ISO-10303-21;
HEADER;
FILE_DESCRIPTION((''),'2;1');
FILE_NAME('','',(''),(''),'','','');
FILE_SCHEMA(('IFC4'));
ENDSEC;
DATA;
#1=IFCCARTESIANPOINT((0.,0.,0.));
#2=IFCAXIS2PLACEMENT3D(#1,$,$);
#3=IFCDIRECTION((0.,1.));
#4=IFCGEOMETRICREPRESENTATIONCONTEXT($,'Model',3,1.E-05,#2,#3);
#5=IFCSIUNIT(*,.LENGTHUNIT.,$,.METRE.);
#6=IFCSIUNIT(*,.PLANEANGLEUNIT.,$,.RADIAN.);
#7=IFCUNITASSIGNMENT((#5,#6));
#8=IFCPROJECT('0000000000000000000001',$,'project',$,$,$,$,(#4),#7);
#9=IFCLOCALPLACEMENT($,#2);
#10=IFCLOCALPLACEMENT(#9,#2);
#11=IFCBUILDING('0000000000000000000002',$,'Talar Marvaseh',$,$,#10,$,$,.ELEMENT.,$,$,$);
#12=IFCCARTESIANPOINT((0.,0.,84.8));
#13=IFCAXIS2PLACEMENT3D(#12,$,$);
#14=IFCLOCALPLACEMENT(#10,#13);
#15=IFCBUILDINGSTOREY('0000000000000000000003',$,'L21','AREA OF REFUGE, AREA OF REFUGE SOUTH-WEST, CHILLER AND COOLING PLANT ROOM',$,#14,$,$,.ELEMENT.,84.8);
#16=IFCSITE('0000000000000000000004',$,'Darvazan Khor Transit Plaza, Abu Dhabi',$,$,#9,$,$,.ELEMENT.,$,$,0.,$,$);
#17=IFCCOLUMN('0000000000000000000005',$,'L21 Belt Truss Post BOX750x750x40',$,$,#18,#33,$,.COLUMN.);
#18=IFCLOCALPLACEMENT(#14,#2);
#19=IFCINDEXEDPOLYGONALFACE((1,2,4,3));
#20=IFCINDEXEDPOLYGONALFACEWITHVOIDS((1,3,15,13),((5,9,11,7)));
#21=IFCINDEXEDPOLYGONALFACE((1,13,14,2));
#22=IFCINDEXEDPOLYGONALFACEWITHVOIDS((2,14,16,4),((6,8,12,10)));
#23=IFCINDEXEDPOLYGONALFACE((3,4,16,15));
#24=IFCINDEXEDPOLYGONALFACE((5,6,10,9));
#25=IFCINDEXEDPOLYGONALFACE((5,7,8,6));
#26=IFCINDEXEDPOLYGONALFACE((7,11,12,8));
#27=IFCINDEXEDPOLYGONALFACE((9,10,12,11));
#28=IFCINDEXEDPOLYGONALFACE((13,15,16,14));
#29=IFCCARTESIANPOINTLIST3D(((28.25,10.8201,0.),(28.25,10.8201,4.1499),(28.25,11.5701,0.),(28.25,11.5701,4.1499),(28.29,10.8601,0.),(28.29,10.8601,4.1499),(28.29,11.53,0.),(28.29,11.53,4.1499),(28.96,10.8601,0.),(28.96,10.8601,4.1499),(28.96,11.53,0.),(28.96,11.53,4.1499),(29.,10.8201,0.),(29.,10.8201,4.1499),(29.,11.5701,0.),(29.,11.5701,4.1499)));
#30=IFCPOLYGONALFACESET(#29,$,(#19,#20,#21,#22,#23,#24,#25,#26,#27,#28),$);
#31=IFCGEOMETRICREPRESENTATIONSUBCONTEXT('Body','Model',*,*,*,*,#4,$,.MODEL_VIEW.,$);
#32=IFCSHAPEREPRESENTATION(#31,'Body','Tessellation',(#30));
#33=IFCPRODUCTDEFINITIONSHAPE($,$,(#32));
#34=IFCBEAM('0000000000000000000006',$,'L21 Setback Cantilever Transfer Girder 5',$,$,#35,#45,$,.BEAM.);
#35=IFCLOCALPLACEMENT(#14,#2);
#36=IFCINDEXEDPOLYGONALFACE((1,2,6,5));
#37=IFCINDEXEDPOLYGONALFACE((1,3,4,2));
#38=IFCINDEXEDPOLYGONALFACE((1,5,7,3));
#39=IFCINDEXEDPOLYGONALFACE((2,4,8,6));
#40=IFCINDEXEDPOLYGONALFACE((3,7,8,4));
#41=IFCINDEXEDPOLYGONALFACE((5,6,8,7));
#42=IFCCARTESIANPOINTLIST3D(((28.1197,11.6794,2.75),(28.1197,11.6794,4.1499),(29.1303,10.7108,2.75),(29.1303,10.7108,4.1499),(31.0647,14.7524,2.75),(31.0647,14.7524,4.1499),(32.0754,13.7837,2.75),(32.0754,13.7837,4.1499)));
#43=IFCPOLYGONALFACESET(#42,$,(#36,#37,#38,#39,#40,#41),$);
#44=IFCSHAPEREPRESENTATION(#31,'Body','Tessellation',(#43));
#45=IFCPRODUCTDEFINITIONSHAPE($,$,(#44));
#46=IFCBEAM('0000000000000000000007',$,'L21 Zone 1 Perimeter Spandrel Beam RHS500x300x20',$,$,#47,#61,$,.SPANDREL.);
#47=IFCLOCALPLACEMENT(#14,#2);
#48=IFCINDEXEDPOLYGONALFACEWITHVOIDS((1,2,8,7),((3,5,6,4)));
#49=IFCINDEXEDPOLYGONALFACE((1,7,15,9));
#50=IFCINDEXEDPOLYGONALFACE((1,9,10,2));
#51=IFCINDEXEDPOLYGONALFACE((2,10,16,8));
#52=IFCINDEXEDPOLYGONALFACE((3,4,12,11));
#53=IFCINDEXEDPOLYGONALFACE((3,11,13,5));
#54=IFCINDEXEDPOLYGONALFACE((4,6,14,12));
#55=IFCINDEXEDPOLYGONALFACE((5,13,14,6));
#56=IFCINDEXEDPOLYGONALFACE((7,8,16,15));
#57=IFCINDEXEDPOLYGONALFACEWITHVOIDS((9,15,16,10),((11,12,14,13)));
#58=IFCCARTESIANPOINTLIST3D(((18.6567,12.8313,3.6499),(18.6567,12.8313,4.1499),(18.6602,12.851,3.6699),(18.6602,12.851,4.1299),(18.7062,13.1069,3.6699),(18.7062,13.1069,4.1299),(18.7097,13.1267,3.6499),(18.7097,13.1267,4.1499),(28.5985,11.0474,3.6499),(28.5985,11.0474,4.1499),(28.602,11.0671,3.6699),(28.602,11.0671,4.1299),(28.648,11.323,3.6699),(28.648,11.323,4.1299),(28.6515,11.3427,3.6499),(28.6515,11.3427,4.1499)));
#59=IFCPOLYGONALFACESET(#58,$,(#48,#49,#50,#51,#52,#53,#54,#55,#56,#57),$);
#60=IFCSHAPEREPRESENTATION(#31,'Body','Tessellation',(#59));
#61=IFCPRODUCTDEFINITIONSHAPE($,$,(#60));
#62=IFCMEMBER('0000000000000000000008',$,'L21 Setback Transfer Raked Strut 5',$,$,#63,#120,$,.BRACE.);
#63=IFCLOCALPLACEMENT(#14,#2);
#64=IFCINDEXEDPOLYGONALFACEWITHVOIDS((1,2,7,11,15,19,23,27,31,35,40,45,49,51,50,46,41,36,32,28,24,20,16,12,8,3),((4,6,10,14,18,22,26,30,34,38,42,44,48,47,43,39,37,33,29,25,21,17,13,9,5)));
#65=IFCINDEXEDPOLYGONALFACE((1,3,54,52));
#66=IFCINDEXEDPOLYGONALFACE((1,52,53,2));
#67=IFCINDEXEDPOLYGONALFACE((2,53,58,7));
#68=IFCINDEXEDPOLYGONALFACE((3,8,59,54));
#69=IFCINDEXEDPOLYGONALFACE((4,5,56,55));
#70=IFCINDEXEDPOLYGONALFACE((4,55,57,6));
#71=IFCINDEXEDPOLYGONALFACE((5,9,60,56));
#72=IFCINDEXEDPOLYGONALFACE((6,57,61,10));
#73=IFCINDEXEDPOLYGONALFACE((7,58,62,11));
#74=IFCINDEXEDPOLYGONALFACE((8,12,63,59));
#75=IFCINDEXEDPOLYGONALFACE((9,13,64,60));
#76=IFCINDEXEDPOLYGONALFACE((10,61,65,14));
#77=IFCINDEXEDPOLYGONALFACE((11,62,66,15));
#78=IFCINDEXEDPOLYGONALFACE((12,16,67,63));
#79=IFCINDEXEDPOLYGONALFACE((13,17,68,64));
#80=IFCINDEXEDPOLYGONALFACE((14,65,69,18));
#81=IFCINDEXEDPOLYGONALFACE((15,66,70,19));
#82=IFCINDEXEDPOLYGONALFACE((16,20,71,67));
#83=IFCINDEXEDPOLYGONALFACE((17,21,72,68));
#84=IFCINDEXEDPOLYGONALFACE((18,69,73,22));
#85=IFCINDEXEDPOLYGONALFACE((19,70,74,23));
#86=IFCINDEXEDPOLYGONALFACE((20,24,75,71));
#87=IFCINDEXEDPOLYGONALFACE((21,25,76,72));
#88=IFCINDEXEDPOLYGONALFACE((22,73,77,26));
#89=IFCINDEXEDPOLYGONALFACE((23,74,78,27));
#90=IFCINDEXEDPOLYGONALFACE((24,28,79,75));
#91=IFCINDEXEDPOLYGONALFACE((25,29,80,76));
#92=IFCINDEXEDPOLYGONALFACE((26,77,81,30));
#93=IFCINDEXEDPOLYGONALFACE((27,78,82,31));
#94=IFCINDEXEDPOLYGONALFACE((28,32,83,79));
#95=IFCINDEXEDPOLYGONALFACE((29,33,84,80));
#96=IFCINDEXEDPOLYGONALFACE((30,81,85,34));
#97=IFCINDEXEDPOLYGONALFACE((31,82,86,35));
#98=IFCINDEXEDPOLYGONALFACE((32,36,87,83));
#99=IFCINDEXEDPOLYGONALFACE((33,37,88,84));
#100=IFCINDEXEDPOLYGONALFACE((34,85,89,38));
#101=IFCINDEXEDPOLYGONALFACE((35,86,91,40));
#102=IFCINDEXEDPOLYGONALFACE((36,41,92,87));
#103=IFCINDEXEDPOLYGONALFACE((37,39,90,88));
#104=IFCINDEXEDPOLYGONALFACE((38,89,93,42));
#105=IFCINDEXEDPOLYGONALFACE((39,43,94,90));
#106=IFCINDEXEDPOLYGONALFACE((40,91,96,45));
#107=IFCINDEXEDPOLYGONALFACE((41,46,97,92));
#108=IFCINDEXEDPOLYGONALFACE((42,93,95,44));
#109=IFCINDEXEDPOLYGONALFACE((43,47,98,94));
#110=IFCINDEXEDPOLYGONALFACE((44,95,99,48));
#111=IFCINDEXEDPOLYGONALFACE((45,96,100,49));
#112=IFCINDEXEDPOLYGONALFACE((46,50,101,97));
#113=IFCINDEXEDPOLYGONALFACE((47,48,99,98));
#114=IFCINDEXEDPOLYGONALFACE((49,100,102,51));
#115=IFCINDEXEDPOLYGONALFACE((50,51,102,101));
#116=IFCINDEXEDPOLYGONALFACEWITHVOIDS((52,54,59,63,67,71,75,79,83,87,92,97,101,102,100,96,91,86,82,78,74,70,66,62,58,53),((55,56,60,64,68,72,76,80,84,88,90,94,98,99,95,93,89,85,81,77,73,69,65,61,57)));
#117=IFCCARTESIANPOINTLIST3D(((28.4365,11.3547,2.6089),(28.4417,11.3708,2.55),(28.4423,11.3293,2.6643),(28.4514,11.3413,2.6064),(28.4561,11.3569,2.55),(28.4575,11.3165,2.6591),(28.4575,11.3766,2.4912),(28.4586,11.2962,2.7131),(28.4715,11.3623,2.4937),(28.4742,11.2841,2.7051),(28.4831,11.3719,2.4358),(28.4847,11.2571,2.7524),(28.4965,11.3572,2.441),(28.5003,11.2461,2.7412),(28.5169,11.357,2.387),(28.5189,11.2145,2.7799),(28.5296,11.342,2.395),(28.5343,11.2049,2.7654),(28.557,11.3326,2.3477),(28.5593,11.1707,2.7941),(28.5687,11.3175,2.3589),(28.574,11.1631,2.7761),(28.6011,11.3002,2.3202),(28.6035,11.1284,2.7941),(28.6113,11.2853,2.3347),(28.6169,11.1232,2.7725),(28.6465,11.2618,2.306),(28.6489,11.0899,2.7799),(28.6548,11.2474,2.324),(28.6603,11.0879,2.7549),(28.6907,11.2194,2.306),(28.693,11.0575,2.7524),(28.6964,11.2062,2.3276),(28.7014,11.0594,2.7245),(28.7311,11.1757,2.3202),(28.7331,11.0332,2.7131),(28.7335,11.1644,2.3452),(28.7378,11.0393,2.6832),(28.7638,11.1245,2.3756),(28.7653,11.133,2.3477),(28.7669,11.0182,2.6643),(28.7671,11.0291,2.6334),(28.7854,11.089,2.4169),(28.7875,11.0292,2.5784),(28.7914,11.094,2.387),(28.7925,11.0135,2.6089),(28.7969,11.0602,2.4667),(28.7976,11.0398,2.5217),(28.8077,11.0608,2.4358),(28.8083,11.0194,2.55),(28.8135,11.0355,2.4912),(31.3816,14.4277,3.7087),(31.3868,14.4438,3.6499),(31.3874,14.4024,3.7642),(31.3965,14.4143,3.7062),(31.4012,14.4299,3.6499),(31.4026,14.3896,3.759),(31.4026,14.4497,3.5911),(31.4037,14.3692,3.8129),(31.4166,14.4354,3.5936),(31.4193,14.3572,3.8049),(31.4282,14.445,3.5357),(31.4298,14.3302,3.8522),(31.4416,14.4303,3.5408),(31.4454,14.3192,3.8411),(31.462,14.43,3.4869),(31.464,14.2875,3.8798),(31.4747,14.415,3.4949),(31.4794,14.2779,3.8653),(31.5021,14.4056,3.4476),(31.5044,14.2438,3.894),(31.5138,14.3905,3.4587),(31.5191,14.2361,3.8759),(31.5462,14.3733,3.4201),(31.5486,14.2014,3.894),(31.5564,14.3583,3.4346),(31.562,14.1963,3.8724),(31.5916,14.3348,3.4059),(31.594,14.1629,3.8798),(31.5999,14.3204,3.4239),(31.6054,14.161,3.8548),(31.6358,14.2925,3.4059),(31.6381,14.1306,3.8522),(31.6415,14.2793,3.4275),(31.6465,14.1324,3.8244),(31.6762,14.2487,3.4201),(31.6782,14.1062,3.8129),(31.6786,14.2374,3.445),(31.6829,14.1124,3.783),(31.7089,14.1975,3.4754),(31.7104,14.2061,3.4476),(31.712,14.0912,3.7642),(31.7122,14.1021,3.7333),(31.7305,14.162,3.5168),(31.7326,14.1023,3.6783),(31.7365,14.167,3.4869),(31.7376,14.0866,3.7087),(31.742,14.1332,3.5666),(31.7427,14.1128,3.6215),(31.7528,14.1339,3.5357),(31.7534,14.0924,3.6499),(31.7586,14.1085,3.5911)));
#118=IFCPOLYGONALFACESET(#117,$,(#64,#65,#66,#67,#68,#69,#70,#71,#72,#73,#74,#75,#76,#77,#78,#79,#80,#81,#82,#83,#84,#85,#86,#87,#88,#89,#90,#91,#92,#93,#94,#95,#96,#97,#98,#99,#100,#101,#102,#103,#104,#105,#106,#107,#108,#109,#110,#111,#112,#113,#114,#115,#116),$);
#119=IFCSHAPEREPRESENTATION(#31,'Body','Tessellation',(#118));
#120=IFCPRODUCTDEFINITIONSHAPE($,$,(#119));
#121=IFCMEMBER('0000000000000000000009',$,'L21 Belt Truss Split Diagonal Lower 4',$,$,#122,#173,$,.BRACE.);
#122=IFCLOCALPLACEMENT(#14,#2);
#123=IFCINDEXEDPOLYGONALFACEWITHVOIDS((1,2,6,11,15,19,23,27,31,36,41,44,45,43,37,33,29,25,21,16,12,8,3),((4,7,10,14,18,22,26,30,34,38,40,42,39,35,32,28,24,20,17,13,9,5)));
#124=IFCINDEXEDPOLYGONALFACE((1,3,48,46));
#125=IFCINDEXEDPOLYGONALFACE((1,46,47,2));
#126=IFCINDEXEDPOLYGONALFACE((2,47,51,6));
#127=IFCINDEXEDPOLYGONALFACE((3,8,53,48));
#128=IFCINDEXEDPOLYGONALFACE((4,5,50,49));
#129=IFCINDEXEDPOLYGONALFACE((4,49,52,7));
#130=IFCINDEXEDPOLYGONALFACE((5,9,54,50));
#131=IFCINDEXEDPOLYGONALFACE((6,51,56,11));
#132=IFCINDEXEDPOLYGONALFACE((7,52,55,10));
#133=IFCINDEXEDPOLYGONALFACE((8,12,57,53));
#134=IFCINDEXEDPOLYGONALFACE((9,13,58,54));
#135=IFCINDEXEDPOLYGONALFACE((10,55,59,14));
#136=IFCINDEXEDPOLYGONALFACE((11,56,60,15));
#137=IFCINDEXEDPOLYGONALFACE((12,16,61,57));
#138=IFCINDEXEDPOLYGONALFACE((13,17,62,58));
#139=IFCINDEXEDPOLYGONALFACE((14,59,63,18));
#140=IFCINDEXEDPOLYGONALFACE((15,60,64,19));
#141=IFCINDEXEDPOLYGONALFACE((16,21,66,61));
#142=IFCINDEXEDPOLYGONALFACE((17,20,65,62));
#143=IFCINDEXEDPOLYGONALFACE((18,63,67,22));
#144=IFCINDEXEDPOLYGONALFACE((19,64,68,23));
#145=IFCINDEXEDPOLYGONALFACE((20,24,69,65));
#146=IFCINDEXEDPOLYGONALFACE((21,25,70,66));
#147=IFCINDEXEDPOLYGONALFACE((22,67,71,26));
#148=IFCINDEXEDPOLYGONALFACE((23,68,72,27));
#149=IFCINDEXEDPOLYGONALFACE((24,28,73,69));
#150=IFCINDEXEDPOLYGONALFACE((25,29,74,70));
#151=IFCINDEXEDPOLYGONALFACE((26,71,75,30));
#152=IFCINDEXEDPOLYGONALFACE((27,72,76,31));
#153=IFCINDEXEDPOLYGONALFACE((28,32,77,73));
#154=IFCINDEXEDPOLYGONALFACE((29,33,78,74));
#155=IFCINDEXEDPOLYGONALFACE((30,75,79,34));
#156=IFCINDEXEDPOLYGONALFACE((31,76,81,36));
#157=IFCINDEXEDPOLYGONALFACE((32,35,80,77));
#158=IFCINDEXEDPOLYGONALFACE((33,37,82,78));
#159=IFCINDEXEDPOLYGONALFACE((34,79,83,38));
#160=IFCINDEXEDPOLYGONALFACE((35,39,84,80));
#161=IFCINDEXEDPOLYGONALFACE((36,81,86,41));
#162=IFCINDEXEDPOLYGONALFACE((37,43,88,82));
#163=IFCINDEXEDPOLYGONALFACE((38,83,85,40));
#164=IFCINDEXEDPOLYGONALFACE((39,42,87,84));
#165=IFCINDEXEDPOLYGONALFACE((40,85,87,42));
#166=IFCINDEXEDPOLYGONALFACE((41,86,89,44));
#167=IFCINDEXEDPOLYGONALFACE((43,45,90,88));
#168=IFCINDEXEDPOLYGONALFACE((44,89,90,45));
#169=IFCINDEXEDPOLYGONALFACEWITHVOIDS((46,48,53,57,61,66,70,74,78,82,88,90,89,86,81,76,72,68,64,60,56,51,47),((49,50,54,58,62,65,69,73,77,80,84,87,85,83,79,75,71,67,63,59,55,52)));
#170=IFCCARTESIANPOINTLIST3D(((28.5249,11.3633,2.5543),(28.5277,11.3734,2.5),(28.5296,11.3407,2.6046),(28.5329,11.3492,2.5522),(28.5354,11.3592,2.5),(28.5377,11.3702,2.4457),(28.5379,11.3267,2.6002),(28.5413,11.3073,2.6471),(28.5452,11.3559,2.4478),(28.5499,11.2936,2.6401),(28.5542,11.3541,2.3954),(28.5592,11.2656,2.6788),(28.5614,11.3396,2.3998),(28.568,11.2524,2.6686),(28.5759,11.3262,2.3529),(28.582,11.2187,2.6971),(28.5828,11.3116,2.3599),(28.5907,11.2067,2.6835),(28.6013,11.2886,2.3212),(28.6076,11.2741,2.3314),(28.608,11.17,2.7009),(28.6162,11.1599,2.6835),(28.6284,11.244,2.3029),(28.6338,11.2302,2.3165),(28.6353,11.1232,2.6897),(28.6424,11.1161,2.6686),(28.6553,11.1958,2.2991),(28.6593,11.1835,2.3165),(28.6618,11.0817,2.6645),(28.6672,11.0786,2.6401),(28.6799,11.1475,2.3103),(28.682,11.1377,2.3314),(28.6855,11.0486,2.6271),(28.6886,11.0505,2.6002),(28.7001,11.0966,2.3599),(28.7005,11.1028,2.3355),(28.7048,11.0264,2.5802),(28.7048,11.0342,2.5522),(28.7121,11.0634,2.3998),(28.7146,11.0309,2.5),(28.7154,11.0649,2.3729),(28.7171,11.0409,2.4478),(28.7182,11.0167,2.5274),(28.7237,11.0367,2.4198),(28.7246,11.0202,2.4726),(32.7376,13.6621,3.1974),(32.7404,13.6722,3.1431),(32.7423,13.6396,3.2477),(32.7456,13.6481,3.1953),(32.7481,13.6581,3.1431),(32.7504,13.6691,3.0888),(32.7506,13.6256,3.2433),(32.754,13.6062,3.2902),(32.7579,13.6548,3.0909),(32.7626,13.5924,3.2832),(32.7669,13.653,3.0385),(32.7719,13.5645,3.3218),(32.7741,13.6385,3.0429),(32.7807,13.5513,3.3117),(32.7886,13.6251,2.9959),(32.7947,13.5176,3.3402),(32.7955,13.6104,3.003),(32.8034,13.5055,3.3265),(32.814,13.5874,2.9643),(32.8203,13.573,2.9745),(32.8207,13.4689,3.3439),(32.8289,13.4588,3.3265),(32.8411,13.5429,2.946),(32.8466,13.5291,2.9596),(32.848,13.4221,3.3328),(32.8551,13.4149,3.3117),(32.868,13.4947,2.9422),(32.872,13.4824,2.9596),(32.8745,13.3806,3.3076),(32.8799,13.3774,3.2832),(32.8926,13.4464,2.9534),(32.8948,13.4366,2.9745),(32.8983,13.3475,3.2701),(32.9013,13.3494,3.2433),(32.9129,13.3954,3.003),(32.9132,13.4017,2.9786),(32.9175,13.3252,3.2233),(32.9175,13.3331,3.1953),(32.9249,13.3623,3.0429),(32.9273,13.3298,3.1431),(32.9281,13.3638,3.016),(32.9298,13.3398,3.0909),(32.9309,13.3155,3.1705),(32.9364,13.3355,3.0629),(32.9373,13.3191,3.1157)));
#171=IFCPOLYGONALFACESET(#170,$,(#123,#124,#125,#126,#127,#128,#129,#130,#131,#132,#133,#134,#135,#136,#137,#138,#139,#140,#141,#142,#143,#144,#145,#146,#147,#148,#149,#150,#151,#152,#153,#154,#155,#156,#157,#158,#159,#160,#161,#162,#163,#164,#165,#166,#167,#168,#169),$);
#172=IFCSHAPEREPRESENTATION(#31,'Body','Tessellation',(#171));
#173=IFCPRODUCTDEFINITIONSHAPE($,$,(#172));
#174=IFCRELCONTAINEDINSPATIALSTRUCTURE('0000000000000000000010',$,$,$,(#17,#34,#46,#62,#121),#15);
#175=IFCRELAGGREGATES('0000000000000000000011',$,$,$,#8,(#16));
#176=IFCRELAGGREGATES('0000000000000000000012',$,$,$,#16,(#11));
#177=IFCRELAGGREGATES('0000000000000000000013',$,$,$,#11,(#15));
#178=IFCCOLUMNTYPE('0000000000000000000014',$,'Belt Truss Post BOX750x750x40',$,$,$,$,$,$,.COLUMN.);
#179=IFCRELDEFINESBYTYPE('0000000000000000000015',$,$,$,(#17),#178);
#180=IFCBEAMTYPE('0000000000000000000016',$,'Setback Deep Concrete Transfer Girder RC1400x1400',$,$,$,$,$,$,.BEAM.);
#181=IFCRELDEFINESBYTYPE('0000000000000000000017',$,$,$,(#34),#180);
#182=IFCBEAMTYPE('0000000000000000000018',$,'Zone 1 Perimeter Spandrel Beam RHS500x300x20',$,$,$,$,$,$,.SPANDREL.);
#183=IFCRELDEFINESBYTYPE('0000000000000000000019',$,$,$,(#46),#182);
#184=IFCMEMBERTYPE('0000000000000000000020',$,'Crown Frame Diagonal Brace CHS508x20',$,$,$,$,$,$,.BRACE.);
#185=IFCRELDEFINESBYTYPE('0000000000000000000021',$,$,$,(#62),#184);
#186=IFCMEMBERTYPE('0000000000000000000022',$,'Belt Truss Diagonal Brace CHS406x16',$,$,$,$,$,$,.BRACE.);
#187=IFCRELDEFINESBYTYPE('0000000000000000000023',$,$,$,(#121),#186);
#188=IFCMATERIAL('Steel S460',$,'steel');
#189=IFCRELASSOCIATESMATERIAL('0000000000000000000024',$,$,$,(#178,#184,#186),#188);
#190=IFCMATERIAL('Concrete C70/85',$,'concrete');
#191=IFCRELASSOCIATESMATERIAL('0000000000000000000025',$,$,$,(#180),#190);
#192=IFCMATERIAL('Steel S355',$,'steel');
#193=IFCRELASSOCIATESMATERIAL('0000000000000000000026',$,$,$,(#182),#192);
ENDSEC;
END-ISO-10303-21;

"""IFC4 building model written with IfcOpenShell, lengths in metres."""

from ifc_helpers import new_model, si_unit, direction, frame, origin, origin_2d, place, context, subcontext, project, spatial, rectangle, hollow_rectangle, hollow_circle, extrude, source, transform, mapped, material, material_profile, profile_set, type_object, type_shapes, element, save


model = new_model("IFC4")

# Units and contexts
model_context = context("Model", 3, precision=1e-05, world=origin(), true_north=direction((0.0, 1.0)))
body_context = subcontext(model_context, "Body", "Model", "MODEL_VIEW")
ifc_project = project(units=[si_unit("LENGTHUNIT", "METRE"), si_unit("PLANEANGLEUNIT", "RADIAN")], contexts=[model_context])

# Site, building, storey
site_placement = place(None, origin())
site = spatial("IfcSite", under=ifc_project, at=site_placement, Name="Darvazan Khor Transit Plaza, Abu Dhabi", CompositionType="ELEMENT", RefElevation=0.0)
building_placement = place(site_placement, origin())
building = spatial("IfcBuilding", under=site, at=building_placement, Name="Talar Marvaseh", CompositionType="ELEMENT")
storey_placement = place(building_placement, frame((0.0, 0.0, 84.8)))
storey = spatial("IfcBuildingStorey", under=building, at=storey_placement, Name="L21", Description="AREA OF REFUGE, AREA OF REFUGE SOUTH-WEST, CHILLER AND COOLING PLANT ROOM", CompositionType="ELEMENT", Elevation=84.8)

# Column
ifc_material_1 = material(Name="Steel S460", Category="steel")
ifc_material_profile_1 = material_profile(ifc_material_1, hollow_rectangle(XDim=0.75, YDim=0.75, WallThickness=0.04, at=origin_2d()), Name="BOX750x750x40")
ifc_profile_set_1 = profile_set([ifc_material_profile_1], Name="Steel S460")
column_type = type_object("IfcColumnType", Name="Belt Truss Post BOX750x750x40", PredefinedType="COLUMN", material=ifc_profile_set_1)
column_placement = place(storey_placement, frame((28.625, 11.1951, 0.0), z_axis=(0.0, 0.0, 1.0), x_axis=(1.0, 0.0, 0.0)))
element("IfcColumn", 1, at=column_placement, inside=storey, type_object=column_type, Name="L21 Belt Truss Post BOX750x750x40", PredefinedType="COLUMN", context=body_context, shape_type="SweptSolid", body=[
    extrude(hollow_rectangle(XDim=0.75, YDim=0.75, WallThickness=0.04, at=origin_2d()), origin(), (0.0, 0.0, 1.0), 4.1499),
])

# Beams
ifc_material_2 = material(Name="Concrete C70/85", Category="concrete")
ifc_material_profile_2 = material_profile(ifc_material_2, rectangle(XDim=1.3999, YDim=1.3999, at=origin_2d()), Name="RC1400x1400")
ifc_profile_set_2 = profile_set([ifc_material_profile_2], Name="Concrete C70/85")
beam_type_1 = type_object("IfcBeamType", Name="Setback Deep Concrete Transfer Girder RC1400x1400", PredefinedType="BEAM", material=ifc_profile_set_2)
beam_1_placement = place(storey_placement, frame((28.625, 11.1951, 3.45), z_axis=(0.691919, 0.721975, 0.0), x_axis=(-0.721975, 0.691919, 0.0)))
element("IfcBeam", 2, at=beam_1_placement, inside=storey, type_object=beam_type_1, Name="L21 Setback Cantilever Transfer Girder 5", PredefinedType="BEAM", context=body_context, shape_type="SweptSolid", body=[
    extrude(rectangle(XDim=1.3999, YDim=1.3999, at=origin_2d()), origin(), (0.0, 0.0, 1.0), 4.2563),
])
ifc_material_3 = material(Name="Steel S355", Category="steel")
ifc_material_profile_3 = material_profile(ifc_material_3, hollow_rectangle(XDim=0.3, YDim=0.5, WallThickness=0.02, at=origin_2d()), Name="RHS500x300x20")
ifc_profile_set_3 = profile_set([ifc_material_profile_3], Name="Steel S355")
beam_type_2 = type_object("IfcBeamType", Name="Zone 1 Perimeter Spandrel Beam RHS500x300x20", PredefinedType="SPANDREL", material=ifc_profile_set_3)
beam_2_placement = place(storey_placement, frame((28.625, 11.1951, 3.8999), z_axis=(-0.98428, 0.176615, 0.0), x_axis=(-0.176615, -0.98428, 0.0)))
element("IfcBeam", 3, at=beam_2_placement, inside=storey, type_object=beam_type_2, Name="L21 Zone 1 Perimeter Spandrel Beam RHS500x300x20", PredefinedType="SPANDREL", context=body_context, shape_type="SweptSolid", body=[
    extrude(hollow_rectangle(XDim=0.3, YDim=0.5, WallThickness=0.02, at=origin_2d()), origin(), (0.0, 0.0, 1.0), 10.1006),
])

# Members
ifc_material_profile_4 = material_profile(ifc_material_1, hollow_circle(Radius=0.2539, WallThickness=0.02, at=origin_2d()), Name="CHS508x20")
ifc_profile_set_4 = profile_set([ifc_material_profile_4], Name="Steel S460")
member_type_1 = type_object("IfcMemberType", Name="Crown Frame Diagonal Brace CHS508x20", PredefinedType="BRACE", material=ifc_profile_set_4)
shared_shape_1 = source(origin(), body_context, "Body", "SweptSolid", [
    extrude(hollow_circle(Radius=0.2539, WallThickness=0.02, at=origin_2d()), origin(), (0.0, 0.0, 1.0), 4.3962),
])
type_shapes(member_type_1, [shared_shape_1])
member_1_placement = place(storey_placement, frame((28.625, 11.1951, 2.55), z_axis=(0.669915, 0.699015, 0.250184), x_axis=(-0.721975, 0.691919, 0.0)))
element("IfcMember", 4, at=member_1_placement, inside=storey, type_object=member_type_1, Name="L21 Setback Transfer Raked Strut 5", PredefinedType="BRACE", context=body_context, shape_type="MappedRepresentation", body=[
    mapped(shared_shape_1, transform((0.0, 0.0, 0.0), x_axis=(1.0, 0.0, 0.0), y_axis=(0.0, 1.0, 0.0), z_axis=(0.0, 0.0, 1.0), scale=1.0)),
])
ifc_material_profile_5 = material_profile(ifc_material_1, hollow_circle(Radius=0.2031, WallThickness=0.0161, at=origin_2d()), Name="CHS406x16")
ifc_profile_set_5 = profile_set([ifc_material_profile_5], Name="Steel S460")
member_type_2 = type_object("IfcMemberType", Name="Belt Truss Diagonal Brace CHS406x16", PredefinedType="BRACE", material=ifc_profile_set_5)
shared_shape_2 = source(origin(), body_context, "Body", "SweptSolid", [
    extrude(hollow_circle(Radius=0.2031, WallThickness=0.0161, at=origin_2d()), origin(), (0.0, 0.0, 1.0), 4.842),
])
for number, where, z_axis, x_axis, name in (
    (5, (28.625, 11.1951, 2.5), (0.87003, 0.474773, 0.132811), (-0.479016, 0.877806, 0.0), "L21 Belt Truss Split Diagonal Lower 4"),
):
    element("IfcMember", number, at=place(storey_placement, frame(where, z_axis=z_axis, x_axis=x_axis)), inside=storey, type_object=member_type_2, Name=name, PredefinedType="BRACE", context=body_context, shape_type="MappedRepresentation", body=[
        mapped(shared_shape_2, transform((0.0, 0.0, 0.0), x_axis=(1.0, 0.0, 0.0), y_axis=(0.0, 1.0, 0.0), z_axis=(0.0, 0.0, 1.0), scale=1.0)),
    ])

save(model, "model.ifc")
